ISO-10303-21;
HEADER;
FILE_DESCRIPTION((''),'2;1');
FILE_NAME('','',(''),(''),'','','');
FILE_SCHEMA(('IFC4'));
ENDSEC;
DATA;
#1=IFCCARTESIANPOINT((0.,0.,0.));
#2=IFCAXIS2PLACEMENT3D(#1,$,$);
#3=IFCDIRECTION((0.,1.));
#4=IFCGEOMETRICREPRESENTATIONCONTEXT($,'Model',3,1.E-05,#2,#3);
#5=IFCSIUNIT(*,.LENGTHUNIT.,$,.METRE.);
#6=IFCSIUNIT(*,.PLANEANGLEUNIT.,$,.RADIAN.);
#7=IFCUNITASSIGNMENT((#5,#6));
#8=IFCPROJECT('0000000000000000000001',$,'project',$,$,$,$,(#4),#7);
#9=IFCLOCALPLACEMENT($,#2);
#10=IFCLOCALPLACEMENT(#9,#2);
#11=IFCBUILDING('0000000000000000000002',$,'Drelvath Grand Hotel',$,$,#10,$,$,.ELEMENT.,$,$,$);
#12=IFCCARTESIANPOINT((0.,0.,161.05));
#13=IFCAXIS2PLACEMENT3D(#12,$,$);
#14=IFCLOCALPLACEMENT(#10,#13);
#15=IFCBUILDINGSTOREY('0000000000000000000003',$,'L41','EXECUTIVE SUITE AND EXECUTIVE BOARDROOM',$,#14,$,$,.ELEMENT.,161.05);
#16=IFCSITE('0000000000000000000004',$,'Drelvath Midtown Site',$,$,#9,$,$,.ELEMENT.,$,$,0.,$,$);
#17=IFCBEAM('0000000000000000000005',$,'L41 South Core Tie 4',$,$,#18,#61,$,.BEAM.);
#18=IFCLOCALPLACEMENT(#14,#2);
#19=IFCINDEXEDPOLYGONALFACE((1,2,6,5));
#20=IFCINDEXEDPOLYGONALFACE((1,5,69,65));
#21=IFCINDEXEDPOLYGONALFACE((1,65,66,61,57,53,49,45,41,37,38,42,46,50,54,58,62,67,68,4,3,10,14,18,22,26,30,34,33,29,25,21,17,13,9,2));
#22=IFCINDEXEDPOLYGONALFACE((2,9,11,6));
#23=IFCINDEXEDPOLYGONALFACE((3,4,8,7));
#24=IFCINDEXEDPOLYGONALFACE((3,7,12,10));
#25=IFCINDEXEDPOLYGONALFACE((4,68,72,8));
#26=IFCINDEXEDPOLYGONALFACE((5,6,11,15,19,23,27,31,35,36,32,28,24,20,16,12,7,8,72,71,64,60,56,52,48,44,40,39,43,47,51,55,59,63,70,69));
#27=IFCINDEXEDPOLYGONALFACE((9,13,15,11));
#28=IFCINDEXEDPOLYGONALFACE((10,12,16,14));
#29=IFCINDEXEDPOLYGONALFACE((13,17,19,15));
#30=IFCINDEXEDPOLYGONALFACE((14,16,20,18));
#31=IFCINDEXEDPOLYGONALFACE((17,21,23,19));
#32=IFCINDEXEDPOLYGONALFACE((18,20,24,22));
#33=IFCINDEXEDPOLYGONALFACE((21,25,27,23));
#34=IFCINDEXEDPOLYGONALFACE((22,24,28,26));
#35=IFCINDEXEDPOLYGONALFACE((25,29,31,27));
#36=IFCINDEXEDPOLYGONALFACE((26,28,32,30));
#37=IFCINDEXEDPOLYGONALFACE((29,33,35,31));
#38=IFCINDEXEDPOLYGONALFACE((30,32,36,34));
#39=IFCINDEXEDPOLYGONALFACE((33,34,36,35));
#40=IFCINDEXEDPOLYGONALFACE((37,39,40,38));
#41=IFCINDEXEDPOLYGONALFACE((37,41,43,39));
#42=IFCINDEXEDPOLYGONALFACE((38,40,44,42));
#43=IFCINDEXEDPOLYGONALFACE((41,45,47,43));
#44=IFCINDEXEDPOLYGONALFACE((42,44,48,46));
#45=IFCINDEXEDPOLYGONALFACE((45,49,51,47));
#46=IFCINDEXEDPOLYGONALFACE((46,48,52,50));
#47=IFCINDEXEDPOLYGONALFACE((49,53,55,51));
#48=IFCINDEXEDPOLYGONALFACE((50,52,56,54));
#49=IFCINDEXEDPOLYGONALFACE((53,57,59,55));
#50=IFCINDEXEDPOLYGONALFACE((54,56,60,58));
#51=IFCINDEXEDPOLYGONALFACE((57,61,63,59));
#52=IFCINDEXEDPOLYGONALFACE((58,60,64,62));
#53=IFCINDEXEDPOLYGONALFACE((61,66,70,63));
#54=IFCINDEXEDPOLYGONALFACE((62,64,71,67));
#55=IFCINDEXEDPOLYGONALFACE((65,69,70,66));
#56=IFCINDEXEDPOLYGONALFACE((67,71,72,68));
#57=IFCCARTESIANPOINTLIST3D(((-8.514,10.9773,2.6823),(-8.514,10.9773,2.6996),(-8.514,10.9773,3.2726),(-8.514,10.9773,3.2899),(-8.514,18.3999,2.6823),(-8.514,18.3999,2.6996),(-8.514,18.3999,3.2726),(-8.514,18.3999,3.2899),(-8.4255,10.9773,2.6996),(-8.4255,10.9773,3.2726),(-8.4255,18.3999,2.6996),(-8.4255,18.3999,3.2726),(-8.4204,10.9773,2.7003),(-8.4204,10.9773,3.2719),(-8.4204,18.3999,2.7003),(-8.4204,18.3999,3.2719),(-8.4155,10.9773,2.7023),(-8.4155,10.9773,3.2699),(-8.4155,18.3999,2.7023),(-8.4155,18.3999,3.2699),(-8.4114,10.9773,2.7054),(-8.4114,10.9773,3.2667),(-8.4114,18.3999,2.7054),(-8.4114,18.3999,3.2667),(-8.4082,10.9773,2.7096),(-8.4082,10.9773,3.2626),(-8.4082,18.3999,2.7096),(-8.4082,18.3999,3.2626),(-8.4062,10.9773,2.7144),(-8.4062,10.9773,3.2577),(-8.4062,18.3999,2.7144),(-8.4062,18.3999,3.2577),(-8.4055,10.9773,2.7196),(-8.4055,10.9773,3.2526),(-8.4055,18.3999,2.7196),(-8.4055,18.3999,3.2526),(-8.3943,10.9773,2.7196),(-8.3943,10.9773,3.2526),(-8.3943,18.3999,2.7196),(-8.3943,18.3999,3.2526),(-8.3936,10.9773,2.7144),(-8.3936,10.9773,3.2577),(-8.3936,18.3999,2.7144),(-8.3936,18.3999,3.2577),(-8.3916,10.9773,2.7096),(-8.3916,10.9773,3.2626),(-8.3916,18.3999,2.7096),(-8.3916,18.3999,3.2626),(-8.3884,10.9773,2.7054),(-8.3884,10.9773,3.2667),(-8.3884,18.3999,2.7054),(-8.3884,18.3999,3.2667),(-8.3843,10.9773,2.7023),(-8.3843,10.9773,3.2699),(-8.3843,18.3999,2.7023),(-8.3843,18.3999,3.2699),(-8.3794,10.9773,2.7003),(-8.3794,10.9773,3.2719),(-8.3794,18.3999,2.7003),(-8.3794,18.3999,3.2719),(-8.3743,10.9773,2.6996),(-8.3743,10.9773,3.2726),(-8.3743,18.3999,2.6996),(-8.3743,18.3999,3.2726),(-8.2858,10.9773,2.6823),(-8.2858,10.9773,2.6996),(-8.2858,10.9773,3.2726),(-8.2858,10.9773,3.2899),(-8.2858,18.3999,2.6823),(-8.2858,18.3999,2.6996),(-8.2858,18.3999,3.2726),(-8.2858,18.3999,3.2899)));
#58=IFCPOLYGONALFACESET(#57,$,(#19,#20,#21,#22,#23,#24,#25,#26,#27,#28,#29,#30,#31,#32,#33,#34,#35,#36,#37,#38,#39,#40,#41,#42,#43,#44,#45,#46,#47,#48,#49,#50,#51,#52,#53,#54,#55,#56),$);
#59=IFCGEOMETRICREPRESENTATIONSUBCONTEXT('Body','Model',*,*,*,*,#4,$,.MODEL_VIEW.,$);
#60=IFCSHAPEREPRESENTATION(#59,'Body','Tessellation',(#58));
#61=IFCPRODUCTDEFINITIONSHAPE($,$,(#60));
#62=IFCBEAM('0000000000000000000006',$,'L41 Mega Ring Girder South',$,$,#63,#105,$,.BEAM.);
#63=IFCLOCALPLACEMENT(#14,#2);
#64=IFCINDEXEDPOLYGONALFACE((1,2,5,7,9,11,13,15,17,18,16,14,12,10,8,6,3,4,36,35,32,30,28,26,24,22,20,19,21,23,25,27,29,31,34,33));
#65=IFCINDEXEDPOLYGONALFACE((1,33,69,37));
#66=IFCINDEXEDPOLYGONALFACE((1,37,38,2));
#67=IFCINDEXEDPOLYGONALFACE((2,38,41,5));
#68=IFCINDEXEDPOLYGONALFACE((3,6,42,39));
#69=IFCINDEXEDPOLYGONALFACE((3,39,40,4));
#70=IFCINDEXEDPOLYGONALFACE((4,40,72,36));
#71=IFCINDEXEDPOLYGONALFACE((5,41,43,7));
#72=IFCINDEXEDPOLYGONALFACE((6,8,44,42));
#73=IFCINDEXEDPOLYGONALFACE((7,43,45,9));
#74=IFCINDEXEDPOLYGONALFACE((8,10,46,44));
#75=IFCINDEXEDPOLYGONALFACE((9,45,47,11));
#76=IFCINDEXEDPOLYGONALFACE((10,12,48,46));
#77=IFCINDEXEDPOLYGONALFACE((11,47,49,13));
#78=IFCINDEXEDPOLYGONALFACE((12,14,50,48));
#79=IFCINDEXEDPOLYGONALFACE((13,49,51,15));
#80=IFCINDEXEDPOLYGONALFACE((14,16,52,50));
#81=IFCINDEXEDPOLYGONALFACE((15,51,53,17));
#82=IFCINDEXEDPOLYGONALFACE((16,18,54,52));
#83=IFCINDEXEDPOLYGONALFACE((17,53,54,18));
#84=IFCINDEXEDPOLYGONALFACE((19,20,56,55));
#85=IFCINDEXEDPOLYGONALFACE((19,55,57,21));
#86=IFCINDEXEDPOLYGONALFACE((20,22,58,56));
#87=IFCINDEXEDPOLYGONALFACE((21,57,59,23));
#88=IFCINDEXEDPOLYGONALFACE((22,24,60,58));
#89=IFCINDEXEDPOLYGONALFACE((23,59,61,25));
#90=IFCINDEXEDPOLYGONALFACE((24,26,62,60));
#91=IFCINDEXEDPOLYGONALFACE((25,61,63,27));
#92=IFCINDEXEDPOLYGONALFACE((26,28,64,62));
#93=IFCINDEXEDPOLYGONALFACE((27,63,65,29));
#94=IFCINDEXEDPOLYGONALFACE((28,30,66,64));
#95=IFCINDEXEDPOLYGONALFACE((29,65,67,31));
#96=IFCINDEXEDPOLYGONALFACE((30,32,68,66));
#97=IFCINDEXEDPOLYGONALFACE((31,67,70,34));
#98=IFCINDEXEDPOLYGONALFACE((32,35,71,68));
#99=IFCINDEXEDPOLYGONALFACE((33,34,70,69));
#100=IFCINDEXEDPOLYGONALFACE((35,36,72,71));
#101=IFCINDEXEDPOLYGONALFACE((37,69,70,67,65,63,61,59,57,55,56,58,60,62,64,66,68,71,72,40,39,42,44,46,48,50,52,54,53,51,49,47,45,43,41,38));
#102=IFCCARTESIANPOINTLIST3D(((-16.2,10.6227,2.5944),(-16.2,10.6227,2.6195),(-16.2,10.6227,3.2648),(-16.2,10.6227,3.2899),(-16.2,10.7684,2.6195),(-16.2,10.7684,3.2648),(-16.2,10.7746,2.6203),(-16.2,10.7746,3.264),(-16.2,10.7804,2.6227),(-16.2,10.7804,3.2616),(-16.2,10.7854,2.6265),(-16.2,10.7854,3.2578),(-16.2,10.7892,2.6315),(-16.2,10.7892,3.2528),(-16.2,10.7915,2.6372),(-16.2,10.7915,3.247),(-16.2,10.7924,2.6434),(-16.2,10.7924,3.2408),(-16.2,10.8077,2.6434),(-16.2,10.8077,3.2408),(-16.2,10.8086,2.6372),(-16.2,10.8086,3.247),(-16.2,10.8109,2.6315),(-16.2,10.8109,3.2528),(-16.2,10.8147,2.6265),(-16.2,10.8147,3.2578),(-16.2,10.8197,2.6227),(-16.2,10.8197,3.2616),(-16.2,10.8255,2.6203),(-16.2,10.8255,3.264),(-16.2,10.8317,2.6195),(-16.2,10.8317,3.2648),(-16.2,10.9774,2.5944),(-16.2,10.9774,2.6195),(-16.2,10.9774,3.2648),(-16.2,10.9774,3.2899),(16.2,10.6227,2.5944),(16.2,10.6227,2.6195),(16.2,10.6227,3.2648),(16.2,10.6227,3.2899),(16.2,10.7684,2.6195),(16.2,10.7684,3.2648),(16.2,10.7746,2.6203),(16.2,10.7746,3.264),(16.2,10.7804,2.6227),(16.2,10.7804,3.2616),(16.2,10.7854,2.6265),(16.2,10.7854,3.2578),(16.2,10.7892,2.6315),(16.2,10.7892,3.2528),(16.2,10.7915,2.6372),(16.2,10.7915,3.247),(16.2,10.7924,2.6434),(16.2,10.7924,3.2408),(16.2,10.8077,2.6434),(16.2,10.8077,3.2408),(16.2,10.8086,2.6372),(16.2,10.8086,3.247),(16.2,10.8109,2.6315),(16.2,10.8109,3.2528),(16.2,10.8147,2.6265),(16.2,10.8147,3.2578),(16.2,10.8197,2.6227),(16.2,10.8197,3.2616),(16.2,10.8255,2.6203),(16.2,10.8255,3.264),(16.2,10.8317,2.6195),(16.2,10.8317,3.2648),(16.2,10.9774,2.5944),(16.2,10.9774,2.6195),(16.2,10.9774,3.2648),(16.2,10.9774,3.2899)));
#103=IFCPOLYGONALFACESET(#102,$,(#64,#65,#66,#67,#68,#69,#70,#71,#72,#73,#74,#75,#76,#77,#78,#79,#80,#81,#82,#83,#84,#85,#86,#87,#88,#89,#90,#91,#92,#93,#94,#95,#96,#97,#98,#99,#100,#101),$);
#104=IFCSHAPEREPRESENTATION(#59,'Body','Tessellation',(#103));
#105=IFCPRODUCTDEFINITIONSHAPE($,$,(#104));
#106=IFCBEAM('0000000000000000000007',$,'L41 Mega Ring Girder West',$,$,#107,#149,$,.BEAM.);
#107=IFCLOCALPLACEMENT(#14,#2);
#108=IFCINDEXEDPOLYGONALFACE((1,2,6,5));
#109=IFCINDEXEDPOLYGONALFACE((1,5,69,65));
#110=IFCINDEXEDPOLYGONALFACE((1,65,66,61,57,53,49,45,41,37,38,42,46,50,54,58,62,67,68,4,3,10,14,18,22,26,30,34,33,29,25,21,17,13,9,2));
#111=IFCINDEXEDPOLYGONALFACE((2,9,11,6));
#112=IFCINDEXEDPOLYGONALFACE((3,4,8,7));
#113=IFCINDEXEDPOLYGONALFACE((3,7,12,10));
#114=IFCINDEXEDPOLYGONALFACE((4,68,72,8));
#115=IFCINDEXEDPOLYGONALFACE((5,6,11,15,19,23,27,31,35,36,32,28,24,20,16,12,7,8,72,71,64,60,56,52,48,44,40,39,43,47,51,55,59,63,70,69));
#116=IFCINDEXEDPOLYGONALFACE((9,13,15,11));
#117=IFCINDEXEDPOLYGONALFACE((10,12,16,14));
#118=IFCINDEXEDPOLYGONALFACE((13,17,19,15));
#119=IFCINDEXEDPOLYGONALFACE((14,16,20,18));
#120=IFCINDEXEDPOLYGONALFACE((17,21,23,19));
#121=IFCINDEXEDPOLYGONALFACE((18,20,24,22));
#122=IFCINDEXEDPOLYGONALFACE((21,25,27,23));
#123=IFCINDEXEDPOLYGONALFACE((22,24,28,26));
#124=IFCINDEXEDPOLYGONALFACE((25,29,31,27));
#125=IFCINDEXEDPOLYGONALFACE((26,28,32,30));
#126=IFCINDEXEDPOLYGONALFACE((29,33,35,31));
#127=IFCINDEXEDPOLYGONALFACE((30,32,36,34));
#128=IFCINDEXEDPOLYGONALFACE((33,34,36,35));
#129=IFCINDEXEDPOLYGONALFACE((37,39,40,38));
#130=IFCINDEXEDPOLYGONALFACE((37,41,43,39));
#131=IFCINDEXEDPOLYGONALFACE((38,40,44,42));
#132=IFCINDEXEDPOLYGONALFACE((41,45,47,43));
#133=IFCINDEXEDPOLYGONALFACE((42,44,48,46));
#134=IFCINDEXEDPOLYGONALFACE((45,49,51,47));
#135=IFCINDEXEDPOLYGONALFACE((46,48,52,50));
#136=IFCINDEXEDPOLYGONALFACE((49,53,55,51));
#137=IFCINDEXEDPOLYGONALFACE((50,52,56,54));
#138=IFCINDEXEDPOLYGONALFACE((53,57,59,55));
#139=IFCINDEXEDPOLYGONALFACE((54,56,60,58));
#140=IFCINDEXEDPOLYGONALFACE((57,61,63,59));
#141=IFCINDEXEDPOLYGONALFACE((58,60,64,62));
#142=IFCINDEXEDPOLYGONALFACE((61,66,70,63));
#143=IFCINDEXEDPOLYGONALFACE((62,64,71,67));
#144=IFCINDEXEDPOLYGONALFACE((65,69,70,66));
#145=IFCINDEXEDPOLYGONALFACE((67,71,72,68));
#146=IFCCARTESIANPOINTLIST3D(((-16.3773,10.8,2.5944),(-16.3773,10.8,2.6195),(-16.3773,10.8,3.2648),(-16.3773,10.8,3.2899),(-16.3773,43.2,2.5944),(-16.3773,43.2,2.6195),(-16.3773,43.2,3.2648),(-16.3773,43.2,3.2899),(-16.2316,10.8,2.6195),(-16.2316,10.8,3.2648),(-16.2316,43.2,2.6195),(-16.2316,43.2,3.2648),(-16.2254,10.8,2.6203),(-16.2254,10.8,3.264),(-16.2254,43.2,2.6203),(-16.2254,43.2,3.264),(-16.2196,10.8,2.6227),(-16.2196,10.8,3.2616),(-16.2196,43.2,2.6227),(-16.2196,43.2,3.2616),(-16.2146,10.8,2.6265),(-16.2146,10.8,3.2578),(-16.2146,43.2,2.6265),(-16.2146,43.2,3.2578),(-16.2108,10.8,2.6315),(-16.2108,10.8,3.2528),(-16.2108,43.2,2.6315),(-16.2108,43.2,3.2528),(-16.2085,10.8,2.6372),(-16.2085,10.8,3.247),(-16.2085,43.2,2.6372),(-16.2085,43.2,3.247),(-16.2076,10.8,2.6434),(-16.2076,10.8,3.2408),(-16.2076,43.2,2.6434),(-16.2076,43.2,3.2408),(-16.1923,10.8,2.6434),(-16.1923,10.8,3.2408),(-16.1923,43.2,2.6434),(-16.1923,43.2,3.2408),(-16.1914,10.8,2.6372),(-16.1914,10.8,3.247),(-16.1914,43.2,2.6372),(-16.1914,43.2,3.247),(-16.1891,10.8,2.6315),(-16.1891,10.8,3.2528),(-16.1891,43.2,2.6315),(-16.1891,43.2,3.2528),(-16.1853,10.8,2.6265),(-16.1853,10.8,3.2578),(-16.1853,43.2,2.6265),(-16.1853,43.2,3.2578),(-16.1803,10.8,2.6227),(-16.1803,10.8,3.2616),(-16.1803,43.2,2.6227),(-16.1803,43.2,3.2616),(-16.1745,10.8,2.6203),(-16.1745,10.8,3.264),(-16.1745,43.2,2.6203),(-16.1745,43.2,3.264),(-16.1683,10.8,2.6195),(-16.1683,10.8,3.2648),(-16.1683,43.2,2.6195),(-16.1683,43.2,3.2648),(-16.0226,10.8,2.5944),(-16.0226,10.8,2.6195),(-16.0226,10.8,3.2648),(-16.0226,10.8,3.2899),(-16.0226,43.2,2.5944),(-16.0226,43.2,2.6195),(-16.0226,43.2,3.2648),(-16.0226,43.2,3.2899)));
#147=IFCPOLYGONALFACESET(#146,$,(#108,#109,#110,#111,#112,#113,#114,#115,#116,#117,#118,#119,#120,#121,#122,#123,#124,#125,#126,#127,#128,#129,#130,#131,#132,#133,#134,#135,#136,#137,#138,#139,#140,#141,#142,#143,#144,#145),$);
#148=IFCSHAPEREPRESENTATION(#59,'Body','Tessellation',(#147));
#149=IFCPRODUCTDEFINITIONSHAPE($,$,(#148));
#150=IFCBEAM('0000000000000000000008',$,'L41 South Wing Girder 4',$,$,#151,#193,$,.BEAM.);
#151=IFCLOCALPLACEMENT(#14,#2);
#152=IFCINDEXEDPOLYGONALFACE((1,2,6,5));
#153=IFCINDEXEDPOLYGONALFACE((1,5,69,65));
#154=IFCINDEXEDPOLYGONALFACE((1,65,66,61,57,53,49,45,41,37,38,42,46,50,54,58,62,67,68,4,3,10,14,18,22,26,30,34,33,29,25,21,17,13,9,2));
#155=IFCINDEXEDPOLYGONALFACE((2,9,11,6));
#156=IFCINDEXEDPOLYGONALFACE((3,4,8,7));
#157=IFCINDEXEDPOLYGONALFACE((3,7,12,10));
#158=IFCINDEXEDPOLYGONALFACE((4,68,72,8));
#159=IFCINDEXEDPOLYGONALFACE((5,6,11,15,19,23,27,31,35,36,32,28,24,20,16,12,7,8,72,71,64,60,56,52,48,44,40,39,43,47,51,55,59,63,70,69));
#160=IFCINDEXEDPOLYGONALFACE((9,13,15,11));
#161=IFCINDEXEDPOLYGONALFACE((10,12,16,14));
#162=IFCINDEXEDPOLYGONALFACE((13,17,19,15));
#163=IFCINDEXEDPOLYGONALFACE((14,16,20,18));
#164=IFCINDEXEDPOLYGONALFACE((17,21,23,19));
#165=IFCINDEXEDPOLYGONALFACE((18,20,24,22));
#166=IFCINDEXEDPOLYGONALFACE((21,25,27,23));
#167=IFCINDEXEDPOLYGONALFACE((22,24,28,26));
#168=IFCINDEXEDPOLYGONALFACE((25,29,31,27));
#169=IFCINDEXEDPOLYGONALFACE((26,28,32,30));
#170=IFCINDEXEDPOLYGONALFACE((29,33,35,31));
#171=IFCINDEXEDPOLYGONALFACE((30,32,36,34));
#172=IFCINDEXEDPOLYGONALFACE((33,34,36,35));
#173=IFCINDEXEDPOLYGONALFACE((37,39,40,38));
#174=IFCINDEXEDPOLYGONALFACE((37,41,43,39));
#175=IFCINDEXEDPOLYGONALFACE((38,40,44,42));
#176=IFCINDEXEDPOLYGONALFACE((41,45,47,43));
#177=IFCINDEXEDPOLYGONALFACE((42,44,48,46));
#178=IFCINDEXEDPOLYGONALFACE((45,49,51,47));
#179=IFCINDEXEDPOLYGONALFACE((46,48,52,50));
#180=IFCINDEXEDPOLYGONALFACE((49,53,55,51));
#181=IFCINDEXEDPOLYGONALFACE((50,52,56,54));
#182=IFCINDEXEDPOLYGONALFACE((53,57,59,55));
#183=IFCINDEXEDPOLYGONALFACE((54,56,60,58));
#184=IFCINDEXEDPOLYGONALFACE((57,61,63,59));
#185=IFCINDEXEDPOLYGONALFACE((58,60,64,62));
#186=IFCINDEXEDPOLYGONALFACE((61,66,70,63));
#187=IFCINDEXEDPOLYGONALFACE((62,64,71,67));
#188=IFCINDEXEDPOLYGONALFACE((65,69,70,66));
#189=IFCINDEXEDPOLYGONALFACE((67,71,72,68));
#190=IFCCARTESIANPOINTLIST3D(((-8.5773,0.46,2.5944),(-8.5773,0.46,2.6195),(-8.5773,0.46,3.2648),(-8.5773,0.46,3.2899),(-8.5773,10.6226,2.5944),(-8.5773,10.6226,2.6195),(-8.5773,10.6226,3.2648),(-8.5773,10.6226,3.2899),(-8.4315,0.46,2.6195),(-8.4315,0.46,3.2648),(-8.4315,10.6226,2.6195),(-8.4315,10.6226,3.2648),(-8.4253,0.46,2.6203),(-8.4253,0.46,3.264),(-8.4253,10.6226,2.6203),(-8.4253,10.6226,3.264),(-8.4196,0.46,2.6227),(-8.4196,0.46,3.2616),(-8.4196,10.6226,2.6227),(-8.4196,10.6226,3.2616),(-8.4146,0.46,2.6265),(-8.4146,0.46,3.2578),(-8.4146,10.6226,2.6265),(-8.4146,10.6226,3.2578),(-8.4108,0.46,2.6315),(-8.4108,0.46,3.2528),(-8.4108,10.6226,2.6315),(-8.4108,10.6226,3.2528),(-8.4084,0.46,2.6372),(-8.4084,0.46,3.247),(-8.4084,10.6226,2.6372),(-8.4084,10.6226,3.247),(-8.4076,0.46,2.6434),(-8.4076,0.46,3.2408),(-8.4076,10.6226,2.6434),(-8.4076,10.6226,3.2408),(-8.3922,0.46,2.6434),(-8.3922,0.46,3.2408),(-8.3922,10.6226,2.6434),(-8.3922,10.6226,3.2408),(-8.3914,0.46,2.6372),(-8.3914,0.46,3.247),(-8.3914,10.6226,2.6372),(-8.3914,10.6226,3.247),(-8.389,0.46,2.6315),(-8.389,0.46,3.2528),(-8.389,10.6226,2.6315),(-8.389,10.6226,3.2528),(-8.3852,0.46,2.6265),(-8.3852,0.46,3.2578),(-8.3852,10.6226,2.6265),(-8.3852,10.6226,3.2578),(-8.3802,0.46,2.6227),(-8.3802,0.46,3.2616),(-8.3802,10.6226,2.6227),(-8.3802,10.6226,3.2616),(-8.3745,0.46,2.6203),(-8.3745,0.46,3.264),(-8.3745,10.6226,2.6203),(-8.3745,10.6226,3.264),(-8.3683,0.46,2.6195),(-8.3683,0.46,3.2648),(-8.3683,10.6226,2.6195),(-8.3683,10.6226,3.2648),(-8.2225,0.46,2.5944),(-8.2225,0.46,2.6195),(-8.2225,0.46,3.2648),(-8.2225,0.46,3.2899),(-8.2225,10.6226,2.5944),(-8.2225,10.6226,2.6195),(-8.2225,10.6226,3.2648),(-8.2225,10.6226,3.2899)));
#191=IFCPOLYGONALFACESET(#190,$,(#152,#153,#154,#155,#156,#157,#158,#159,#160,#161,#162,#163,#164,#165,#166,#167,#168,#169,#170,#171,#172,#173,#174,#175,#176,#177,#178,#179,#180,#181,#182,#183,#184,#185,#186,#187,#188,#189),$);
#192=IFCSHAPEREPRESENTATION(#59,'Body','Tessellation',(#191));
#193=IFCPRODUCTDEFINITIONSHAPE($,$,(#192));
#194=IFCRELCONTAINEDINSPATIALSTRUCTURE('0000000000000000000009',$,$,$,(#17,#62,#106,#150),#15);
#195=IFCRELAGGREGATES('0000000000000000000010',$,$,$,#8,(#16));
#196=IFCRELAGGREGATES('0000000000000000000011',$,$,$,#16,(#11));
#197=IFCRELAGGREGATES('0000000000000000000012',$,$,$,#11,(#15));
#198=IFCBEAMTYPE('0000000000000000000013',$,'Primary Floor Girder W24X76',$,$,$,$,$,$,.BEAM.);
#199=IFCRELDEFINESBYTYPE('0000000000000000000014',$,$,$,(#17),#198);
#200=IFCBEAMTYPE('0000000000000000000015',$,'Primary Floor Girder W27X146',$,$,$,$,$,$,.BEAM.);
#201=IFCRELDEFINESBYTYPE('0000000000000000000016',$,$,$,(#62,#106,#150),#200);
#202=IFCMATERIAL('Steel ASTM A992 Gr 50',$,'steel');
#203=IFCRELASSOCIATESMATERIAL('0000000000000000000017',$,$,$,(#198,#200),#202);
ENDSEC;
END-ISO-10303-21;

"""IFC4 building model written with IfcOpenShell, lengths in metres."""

from ifc_helpers import new_model, si_unit, direction, frame, origin, origin_2d, place, context, subcontext, project, spatial, i_section, extrude, material, material_profile, profile_set, type_object, element, save


model = new_model("IFC4")

# Units and contexts
model_context = context("Model", 3, precision=1e-05, world=origin(), true_north=direction((0.0, 1.0)))
body_context = subcontext(model_context, "Body", "Model", "MODEL_VIEW")
ifc_project = project(units=[si_unit("LENGTHUNIT", "METRE"), si_unit("PLANEANGLEUNIT", "RADIAN")], contexts=[model_context])

# Site, building, storey
site_placement = place(None, origin())
site = spatial("IfcSite", under=ifc_project, at=site_placement, Name="Drelvath Midtown Site", CompositionType="ELEMENT", RefElevation=0.0)
building_placement = place(site_placement, origin())
building = spatial("IfcBuilding", under=site, at=building_placement, Name="Drelvath Grand Hotel", CompositionType="ELEMENT")
storey_placement = place(building_placement, frame((0.0, 0.0, 161.05)))
storey = spatial("IfcBuildingStorey", under=building, at=storey_placement, Name="L41", Description="EXECUTIVE SUITE AND EXECUTIVE BOARDROOM", CompositionType="ELEMENT", Elevation=161.05)

# Shared definitions
ifc_material_1 = material(Name="Steel ASTM A992 Gr 50", Category="steel")

# Beams
ifc_material_profile_1 = material_profile(ifc_material_1, i_section(OverallWidth=0.2283, OverallDepth=0.6077, WebThickness=0.0112, FlangeThickness=0.0173, FilletRadius=0.02, at=origin_2d()), Name="W24X76")
ifc_profile_set_1 = profile_set([ifc_material_profile_1], Name="Steel ASTM A992 Gr 50")
beam_type_1 = type_object("IfcBeamType", Name="Primary Floor Girder W24X76", PredefinedType="BEAM", material=ifc_profile_set_1)
beam_1_placement = place(storey_placement, frame((-8.3999, 10.9773, 2.9861), z_axis=(0.0, 1.0, 0.0), x_axis=(-1.0, 0.0, 0.0)))
element("IfcBeam", 1, at=beam_1_placement, inside=storey, type_object=beam_type_1, Name="L41 South Core Tie 4", PredefinedType="BEAM", context=body_context, shape_type="SweptSolid", body=[
    extrude(i_section(OverallWidth=0.2283, OverallDepth=0.6077, WebThickness=0.0112, FlangeThickness=0.0173, FilletRadius=0.02, at=origin_2d()), origin(), (0.0, 0.0, 1.0), 7.4226),
])
ifc_material_profile_2 = material_profile(ifc_material_1, i_section(OverallWidth=0.3547, OverallDepth=0.6956, WebThickness=0.0154, FlangeThickness=0.0251, FilletRadius=0.0239, at=origin_2d()), Name="W27X146")
ifc_profile_set_2 = profile_set([ifc_material_profile_2], Name="Steel ASTM A992 Gr 50")
beam_type_2 = type_object("IfcBeamType", Name="Primary Floor Girder W27X146", PredefinedType="BEAM", material=ifc_profile_set_2)
for number, where, z_axis, x_axis, name in (
    (2, (-16.2, 10.8, 2.9421), (1.0, 0.0, 0.0), (0.0, 1.0, 0.0), "L41 Mega Ring Girder South"),
    (3, (-16.2, 10.8, 2.9421), (0.0, 1.0, 0.0), (-1.0, 0.0, 0.0), "L41 Mega Ring Girder West"),
):
    element("IfcBeam", number, at=place(storey_placement, frame(where, z_axis=z_axis, x_axis=x_axis)), inside=storey, type_object=beam_type_2, Name=name, PredefinedType="BEAM", context=body_context, shape_type="SweptSolid", body=[
        extrude(i_section(OverallWidth=0.3547, OverallDepth=0.6956, WebThickness=0.0154, FlangeThickness=0.0251, FilletRadius=0.0239, at=origin_2d()), origin(), (0.0, 0.0, 1.0), 32.3999),
    ])
beam_2_placement = place(storey_placement, frame((-8.3999, 0.46, 2.9421), z_axis=(0.0, 1.0, 0.0), x_axis=(-1.0, 0.0, 0.0)))
element("IfcBeam", 4, at=beam_2_placement, inside=storey, type_object=beam_type_2, Name="L41 South Wing Girder 4", PredefinedType="BEAM", context=body_context, shape_type="SweptSolid", body=[
    extrude(i_section(OverallWidth=0.3547, OverallDepth=0.6956, WebThickness=0.0154, FlangeThickness=0.0251, FilletRadius=0.0239, at=origin_2d()), origin(), (0.0, 0.0, 1.0), 10.1626),
])

save(model, "model.ifc")
